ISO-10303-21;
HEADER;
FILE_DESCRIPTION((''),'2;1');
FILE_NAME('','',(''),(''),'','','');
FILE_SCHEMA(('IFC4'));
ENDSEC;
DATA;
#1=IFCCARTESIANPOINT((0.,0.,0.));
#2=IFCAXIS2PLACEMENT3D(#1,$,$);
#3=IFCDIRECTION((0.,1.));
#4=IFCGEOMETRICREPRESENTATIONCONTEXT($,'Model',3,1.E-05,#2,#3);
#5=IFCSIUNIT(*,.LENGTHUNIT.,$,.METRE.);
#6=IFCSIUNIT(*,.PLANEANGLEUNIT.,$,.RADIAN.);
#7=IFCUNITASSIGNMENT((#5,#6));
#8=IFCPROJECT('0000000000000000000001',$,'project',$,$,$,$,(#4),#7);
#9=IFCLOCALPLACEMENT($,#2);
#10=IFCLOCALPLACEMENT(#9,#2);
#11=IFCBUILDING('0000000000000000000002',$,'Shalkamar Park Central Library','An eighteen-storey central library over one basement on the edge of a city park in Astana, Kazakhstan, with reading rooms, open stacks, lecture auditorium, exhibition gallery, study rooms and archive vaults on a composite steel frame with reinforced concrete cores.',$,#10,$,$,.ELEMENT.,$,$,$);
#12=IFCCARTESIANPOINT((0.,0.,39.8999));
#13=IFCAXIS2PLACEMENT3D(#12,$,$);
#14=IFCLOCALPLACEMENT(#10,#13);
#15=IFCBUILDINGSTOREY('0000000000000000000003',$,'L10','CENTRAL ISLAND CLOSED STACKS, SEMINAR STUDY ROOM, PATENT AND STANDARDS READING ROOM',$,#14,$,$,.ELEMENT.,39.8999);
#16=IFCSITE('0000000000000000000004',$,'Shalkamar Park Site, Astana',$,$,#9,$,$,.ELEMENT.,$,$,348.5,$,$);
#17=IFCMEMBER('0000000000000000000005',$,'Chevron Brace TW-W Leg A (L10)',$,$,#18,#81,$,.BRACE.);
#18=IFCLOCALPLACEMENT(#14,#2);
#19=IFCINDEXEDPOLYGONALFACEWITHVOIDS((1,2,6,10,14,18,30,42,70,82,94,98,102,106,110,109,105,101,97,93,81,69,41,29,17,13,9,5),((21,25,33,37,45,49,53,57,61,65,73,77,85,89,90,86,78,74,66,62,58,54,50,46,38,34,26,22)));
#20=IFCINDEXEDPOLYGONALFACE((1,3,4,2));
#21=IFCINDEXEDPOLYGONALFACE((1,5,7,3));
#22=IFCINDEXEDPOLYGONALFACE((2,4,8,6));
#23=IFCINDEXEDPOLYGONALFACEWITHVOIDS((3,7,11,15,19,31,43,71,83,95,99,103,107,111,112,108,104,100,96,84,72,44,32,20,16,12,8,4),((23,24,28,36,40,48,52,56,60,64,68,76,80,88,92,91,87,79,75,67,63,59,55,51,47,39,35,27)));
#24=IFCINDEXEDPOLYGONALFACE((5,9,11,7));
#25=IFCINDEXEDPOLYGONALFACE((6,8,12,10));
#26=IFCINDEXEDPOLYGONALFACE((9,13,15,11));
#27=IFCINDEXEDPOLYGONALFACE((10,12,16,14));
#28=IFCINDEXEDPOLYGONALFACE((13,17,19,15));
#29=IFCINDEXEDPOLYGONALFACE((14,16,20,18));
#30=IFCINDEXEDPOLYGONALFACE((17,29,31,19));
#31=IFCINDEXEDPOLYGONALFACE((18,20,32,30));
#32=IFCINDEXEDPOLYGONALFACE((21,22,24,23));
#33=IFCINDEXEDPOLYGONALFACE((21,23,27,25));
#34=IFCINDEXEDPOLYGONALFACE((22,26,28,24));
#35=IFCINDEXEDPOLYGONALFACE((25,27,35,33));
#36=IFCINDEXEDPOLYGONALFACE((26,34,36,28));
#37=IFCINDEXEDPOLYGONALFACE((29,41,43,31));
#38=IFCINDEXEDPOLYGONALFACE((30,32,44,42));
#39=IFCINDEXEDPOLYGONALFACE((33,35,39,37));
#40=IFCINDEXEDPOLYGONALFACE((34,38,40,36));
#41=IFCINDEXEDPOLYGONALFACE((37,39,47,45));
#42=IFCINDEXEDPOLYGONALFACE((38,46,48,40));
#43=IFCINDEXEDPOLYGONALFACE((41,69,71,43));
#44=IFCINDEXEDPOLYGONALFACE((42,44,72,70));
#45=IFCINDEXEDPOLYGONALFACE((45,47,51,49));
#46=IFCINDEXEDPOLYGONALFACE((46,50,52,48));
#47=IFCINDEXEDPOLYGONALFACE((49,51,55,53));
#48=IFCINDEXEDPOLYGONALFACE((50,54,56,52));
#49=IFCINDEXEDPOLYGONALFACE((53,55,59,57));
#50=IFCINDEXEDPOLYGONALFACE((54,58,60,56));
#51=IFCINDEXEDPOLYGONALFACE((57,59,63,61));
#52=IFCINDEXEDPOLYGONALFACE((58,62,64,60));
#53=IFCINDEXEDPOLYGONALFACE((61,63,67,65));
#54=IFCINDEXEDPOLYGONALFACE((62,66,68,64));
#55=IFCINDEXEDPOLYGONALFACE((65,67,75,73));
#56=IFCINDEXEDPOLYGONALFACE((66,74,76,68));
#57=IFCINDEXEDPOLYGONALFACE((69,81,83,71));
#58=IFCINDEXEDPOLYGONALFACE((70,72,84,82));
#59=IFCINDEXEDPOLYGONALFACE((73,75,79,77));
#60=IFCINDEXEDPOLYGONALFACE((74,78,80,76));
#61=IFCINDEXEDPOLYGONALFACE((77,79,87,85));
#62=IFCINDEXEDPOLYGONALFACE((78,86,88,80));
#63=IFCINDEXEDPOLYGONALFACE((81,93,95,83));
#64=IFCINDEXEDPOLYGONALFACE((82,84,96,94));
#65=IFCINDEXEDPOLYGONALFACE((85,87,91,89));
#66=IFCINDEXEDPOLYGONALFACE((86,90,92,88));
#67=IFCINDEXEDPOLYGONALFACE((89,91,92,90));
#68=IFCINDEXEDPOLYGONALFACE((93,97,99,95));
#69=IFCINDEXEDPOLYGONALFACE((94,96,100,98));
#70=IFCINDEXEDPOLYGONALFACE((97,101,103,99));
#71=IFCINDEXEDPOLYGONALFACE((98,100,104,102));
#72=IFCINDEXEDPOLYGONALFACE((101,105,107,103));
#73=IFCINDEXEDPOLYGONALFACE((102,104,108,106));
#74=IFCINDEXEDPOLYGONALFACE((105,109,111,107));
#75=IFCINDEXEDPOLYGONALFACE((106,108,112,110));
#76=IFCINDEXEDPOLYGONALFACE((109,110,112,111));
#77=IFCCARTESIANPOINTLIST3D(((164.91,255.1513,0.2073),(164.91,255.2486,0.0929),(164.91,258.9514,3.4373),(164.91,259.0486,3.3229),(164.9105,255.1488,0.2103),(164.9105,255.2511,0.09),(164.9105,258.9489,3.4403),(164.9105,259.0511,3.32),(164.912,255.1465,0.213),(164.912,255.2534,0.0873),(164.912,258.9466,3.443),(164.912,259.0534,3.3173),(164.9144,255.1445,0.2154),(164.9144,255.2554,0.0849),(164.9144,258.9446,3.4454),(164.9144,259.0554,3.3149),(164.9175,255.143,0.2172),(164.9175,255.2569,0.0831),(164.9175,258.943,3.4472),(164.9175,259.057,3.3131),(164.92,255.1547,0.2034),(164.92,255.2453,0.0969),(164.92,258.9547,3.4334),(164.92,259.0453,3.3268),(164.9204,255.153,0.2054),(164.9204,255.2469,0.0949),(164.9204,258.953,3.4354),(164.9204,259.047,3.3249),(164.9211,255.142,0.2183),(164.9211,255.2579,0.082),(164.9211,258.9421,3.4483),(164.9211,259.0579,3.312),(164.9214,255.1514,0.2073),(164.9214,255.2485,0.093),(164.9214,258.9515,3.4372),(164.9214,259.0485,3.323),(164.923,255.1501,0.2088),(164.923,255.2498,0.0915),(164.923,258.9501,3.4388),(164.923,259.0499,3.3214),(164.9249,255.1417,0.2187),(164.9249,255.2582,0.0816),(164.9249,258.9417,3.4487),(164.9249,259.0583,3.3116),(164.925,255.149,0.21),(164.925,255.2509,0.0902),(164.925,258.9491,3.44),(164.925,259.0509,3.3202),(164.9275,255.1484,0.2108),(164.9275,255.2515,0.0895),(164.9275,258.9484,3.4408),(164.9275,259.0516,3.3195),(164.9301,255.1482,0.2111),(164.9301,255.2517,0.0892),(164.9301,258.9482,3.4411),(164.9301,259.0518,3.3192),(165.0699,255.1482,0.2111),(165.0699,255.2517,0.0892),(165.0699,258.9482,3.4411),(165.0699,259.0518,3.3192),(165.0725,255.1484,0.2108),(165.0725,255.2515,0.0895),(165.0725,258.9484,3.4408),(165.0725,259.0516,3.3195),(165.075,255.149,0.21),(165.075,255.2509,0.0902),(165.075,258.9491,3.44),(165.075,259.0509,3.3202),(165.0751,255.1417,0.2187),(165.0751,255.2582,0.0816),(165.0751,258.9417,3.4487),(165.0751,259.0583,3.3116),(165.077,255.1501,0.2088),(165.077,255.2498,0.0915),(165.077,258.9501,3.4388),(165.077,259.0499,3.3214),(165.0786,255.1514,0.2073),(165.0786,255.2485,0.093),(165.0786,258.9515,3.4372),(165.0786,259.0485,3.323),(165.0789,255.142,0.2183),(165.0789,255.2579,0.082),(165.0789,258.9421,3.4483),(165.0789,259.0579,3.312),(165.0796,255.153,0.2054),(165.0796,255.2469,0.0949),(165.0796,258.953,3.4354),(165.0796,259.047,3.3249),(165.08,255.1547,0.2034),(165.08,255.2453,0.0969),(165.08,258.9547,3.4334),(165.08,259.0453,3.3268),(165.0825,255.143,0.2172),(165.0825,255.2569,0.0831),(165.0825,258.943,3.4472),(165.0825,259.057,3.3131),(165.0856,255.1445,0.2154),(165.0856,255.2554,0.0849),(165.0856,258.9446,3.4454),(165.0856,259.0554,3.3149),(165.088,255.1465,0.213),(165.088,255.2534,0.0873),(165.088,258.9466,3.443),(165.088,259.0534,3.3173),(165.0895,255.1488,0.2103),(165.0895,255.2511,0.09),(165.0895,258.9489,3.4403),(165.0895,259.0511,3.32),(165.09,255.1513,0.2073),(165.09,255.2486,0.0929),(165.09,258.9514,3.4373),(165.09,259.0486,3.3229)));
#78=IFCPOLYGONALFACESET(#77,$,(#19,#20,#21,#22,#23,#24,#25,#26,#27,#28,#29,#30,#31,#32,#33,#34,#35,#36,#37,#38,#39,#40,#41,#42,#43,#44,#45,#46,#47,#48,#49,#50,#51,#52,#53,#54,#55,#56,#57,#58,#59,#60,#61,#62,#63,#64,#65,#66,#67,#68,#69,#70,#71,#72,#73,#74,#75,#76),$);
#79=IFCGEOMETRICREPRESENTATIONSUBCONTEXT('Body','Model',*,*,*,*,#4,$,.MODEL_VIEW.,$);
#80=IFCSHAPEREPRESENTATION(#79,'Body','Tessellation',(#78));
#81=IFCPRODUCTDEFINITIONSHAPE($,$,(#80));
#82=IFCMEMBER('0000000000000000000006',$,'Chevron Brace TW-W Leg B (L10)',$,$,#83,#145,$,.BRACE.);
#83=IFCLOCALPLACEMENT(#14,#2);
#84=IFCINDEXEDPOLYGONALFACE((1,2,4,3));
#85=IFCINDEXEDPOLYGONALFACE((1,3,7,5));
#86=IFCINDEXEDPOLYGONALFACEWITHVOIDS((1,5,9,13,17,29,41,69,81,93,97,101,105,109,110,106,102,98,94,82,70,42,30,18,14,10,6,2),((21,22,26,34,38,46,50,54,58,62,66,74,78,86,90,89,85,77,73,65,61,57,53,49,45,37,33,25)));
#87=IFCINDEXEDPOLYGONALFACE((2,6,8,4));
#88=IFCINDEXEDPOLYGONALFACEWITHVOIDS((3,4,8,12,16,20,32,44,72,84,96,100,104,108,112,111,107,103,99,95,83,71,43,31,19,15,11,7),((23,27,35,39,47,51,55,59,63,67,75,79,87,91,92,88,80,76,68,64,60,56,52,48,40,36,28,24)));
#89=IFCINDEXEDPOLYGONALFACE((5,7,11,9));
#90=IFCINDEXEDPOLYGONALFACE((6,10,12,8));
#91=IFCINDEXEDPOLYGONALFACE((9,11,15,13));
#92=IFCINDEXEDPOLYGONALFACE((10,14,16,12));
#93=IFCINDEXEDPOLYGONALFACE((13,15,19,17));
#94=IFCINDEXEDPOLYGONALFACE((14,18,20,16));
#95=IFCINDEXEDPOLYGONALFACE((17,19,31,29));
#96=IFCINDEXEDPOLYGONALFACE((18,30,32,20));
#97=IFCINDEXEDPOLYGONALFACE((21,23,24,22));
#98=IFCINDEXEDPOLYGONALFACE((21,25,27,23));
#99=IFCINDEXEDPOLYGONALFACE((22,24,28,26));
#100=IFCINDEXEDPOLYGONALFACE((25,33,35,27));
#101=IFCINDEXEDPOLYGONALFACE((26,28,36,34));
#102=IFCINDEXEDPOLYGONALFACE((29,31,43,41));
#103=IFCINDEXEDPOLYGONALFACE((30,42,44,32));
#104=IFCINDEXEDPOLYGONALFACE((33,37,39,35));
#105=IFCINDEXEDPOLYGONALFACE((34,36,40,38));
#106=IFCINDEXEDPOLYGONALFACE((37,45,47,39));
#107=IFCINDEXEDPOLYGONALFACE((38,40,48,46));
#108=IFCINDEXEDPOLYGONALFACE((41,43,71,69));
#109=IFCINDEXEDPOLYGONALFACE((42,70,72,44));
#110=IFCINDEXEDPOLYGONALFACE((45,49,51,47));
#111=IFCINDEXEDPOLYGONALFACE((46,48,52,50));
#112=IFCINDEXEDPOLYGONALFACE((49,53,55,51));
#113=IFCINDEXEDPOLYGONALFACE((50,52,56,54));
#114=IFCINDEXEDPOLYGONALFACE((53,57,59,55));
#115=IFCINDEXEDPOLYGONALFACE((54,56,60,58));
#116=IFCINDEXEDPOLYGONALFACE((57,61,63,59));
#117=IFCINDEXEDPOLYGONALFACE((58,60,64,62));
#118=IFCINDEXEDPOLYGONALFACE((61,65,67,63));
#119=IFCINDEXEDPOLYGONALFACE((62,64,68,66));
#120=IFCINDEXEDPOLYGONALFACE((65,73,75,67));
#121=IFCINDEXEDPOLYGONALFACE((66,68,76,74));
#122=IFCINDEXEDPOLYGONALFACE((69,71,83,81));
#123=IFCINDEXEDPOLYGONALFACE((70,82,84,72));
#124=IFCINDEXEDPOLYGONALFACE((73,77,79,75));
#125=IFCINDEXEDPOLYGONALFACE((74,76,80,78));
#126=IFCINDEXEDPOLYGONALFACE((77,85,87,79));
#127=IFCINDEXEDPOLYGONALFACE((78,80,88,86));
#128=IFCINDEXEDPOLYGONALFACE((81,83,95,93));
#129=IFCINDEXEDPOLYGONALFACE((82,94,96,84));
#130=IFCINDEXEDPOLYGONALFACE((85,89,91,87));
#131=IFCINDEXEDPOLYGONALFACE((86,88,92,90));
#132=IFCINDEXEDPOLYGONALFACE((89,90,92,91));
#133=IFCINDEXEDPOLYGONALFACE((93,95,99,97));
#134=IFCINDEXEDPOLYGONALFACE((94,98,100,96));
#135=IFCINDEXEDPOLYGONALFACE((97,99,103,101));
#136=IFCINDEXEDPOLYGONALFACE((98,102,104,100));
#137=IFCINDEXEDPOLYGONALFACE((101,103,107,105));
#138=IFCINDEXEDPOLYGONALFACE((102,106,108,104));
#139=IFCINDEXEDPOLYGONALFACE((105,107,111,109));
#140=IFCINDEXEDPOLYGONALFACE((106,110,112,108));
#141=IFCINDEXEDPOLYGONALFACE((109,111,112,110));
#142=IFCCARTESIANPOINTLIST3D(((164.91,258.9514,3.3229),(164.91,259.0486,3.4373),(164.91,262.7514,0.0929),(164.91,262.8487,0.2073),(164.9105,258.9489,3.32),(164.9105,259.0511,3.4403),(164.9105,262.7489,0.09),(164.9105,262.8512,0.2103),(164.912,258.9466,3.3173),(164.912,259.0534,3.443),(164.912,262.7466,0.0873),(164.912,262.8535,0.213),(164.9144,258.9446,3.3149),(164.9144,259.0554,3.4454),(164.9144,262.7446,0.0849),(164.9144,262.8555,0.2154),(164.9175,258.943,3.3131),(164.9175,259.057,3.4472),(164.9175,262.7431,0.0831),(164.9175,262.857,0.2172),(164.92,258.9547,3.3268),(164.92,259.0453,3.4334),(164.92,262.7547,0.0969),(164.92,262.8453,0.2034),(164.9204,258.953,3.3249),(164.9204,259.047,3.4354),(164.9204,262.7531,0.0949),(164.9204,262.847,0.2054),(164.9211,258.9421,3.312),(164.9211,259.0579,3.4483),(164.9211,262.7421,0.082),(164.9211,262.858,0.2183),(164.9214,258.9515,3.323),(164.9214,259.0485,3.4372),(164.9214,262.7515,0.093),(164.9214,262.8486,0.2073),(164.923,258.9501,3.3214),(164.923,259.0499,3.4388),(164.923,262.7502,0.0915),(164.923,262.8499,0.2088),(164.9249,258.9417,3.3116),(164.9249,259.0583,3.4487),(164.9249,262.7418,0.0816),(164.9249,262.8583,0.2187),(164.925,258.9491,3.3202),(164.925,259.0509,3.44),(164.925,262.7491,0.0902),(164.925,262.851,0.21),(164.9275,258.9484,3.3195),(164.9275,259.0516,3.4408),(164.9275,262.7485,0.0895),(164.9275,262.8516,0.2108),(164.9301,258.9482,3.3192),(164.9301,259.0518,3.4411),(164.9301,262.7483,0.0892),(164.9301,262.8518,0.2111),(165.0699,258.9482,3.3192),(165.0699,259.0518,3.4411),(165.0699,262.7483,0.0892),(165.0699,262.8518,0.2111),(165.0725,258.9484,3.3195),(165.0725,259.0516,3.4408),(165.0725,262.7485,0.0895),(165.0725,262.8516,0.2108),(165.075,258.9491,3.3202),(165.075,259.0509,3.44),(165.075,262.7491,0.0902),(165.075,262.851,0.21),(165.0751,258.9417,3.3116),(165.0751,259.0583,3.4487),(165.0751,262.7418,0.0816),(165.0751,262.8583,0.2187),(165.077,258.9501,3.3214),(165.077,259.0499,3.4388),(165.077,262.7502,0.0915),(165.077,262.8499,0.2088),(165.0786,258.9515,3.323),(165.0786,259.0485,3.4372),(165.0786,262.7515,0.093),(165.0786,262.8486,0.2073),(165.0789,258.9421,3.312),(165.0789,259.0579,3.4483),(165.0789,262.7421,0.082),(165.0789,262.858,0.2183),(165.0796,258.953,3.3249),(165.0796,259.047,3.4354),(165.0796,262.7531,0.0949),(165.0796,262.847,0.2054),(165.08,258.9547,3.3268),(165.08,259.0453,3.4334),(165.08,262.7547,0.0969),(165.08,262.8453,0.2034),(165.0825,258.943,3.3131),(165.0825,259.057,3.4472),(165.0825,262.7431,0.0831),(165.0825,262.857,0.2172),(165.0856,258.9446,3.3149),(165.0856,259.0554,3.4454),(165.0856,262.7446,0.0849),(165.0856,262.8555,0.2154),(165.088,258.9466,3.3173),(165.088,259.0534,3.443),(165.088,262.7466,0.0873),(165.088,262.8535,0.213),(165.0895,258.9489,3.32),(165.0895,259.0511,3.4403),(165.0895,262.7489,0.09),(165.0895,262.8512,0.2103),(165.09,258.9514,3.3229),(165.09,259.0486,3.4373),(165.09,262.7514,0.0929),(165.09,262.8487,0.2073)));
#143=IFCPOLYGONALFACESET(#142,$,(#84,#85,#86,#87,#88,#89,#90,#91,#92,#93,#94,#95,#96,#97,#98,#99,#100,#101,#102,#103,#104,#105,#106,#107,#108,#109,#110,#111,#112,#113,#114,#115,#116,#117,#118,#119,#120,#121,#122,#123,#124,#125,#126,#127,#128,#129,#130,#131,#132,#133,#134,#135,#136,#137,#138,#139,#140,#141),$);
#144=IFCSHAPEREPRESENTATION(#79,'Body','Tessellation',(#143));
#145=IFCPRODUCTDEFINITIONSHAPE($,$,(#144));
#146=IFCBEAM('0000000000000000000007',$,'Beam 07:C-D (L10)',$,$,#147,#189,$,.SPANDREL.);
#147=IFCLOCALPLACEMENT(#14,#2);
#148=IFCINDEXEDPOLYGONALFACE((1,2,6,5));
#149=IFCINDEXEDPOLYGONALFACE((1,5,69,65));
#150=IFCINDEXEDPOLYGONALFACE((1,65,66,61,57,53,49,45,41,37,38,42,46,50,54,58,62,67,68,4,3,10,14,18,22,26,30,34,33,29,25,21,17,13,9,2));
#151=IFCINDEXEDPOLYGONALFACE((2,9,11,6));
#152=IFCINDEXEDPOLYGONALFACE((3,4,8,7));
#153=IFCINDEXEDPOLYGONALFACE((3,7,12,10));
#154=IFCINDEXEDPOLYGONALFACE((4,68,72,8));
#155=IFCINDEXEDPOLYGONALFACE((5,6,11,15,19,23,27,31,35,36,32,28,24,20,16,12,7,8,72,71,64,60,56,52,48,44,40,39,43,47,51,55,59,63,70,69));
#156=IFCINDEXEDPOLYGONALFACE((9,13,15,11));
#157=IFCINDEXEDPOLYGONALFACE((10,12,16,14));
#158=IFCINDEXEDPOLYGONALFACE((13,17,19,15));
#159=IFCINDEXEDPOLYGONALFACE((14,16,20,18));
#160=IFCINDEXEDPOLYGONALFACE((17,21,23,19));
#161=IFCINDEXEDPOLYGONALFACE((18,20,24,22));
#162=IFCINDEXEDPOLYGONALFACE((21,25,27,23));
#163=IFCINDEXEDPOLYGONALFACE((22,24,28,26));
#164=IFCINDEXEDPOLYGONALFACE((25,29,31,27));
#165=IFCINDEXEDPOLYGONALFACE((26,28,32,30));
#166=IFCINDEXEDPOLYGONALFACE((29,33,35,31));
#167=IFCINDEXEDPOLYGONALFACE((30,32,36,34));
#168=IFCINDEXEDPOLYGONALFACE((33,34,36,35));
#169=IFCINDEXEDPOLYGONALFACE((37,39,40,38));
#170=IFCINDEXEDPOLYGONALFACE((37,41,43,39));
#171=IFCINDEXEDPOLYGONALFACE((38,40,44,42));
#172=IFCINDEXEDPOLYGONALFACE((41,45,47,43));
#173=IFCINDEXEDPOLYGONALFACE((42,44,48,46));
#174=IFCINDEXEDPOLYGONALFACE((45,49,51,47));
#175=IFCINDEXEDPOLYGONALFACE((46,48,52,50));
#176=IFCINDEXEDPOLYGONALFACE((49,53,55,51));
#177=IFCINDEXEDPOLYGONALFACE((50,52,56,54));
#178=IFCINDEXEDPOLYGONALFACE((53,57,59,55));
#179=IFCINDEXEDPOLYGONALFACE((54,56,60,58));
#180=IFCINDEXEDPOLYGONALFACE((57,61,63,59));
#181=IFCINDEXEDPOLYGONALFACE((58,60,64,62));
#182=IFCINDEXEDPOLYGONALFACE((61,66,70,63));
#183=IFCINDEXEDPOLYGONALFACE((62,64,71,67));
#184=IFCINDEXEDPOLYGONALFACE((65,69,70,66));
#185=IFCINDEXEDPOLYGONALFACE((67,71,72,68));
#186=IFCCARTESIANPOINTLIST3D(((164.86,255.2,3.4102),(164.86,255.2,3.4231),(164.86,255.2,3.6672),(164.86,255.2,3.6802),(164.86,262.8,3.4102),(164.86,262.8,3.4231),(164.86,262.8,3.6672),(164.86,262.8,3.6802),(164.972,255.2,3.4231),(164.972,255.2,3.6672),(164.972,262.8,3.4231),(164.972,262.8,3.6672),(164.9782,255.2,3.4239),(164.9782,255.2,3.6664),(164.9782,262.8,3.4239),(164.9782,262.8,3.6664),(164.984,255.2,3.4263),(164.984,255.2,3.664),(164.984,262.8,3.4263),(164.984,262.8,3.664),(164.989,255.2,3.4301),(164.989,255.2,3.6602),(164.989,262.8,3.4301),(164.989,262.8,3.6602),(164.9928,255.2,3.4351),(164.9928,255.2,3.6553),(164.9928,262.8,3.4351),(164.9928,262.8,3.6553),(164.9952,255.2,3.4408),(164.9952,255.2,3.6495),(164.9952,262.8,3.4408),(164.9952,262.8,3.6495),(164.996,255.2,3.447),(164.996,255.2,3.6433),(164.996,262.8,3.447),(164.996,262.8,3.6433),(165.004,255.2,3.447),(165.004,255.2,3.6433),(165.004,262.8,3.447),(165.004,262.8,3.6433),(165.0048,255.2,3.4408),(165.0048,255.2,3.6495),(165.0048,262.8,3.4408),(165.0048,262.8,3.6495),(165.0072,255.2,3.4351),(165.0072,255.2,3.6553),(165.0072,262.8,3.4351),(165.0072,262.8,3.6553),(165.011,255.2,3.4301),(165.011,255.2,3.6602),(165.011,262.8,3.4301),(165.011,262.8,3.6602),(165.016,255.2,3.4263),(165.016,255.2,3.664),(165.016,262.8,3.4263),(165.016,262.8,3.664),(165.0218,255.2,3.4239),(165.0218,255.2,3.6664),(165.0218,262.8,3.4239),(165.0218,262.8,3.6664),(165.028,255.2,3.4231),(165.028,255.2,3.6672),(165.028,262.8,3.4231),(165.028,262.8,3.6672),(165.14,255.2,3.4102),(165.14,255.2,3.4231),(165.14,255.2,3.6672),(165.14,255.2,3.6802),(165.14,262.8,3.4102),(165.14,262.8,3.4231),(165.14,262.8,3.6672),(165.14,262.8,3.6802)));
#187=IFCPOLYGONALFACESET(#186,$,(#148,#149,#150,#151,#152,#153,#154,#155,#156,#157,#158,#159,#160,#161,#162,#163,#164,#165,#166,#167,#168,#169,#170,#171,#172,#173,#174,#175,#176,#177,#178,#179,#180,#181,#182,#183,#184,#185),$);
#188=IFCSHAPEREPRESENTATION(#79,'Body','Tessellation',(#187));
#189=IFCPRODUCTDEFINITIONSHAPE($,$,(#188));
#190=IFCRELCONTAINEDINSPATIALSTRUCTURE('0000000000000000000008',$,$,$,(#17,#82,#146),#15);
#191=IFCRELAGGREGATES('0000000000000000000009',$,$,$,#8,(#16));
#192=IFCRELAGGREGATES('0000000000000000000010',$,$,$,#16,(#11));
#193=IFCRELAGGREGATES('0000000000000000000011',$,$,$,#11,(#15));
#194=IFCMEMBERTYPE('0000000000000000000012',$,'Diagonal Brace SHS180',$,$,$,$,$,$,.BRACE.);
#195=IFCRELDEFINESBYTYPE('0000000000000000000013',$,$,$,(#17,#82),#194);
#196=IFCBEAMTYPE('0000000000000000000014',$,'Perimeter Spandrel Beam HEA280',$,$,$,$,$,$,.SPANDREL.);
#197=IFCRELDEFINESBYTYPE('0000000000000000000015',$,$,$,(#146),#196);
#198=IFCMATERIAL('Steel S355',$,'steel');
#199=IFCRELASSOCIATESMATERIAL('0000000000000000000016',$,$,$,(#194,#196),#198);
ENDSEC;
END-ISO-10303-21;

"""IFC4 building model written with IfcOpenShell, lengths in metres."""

from ifc_helpers import new_model, si_unit, direction, frame, origin, origin_2d, place, context, subcontext, project, spatial, hollow_rectangle, i_section, extrude, material, material_profile, profile_set, type_object, element, save


model = new_model("IFC4")

# Units and contexts
model_context = context("Model", 3, precision=1e-05, world=origin(), true_north=direction((0.0, 1.0)))
body_context = subcontext(model_context, "Body", "Model", "MODEL_VIEW")
ifc_project = project(units=[si_unit("LENGTHUNIT", "METRE"), si_unit("PLANEANGLEUNIT", "RADIAN")], contexts=[model_context])

# Site, building, storey
site_placement = place(None, origin())
site = spatial("IfcSite", under=ifc_project, at=site_placement, Name="Shalkamar Park Site, Astana", CompositionType="ELEMENT", RefElevation=348.5)
building_placement = place(site_placement, origin())
building = spatial("IfcBuilding", under=site, at=building_placement, Name="Shalkamar Park Central Library", Description="An eighteen-storey central library over one basement on the edge of a city park in Astana, Kazakhstan, with reading rooms, open stacks, lecture auditorium, exhibition gallery, study rooms and archive vaults on a composite steel frame with reinforced concrete cores.", CompositionType="ELEMENT")
storey_placement = place(building_placement, frame((0.0, 0.0, 39.8999)))
storey = spatial("IfcBuildingStorey", under=building, at=storey_placement, Name="L10", Description="CENTRAL ISLAND CLOSED STACKS, SEMINAR STUDY ROOM, PATENT AND STANDARDS READING ROOM", CompositionType="ELEMENT", Elevation=39.8999)

# Shared definitions
ifc_material_1 = material(Name="Steel S355", Category="steel")

# Members
ifc_material_profile_1 = material_profile(ifc_material_1, hollow_rectangle(XDim=0.1799, YDim=0.1799, WallThickness=0.01, InnerFilletRadius=0.01, OuterFilletRadius=0.0149, at=origin_2d()), Name="SHS 180x180x10")
ifc_profile_set_1 = profile_set([ifc_material_profile_1], Name="Steel S355")
member_type = type_object("IfcMemberType", Name="Diagonal Brace SHS180", PredefinedType="BRACE", material=ifc_profile_set_1)
for number, where, z_axis, x_axis, name in (
    (1, (165.0, 255.2, 0.1501), (0.0, 0.761945, 0.647641), (-1.0, 0.0, 0.0), "Chevron Brace TW-W Leg A (L10)"),
    (2, (165.0, 262.8, 0.1501), (0.0, -0.761945, 0.647641), (1.0, 0.0, 0.0), "Chevron Brace TW-W Leg B (L10)"),
):
    element("IfcMember", number, at=place(storey_placement, frame(where, z_axis=z_axis, x_axis=x_axis)), inside=storey, type_object=member_type, Name=name, PredefinedType="BRACE", context=body_context, shape_type="SweptSolid", body=[
        extrude(hollow_rectangle(XDim=0.1799, YDim=0.1799, WallThickness=0.01, InnerFilletRadius=0.01, OuterFilletRadius=0.0149, at=origin_2d()), origin(), (0.0, 0.0, 1.0), 4.9873),
    ])

# Beam
ifc_material_profile_2 = material_profile(ifc_material_1, i_section(OverallWidth=0.28, OverallDepth=0.27, WebThickness=0.0081, FlangeThickness=0.0129, FilletRadius=0.0239, at=origin_2d()), Name="HEA 280")
ifc_profile_set_2 = profile_set([ifc_material_profile_2], Name="Steel S355")
beam_type_1 = type_object("IfcBeamType", Name="Perimeter Spandrel Beam HEA280", PredefinedType="SPANDREL", material=ifc_profile_set_2)
beam_1_placement = place(storey_placement, frame((165.0, 255.2, 3.5452), z_axis=(0.0, 1.0, 0.0), x_axis=(-1.0, 0.0, 0.0)))
element("IfcBeam", 3, at=beam_1_placement, inside=storey, type_object=beam_type_1, Name="Beam 07:C-D (L10)", PredefinedType="SPANDREL", context=body_context, shape_type="SweptSolid", body=[
    extrude(i_section(OverallWidth=0.28, OverallDepth=0.27, WebThickness=0.0081, FlangeThickness=0.0129, FilletRadius=0.0239, at=origin_2d()), origin(), (0.0, 0.0, 1.0), 7.6001),
])

save(model, "model.ifc")
